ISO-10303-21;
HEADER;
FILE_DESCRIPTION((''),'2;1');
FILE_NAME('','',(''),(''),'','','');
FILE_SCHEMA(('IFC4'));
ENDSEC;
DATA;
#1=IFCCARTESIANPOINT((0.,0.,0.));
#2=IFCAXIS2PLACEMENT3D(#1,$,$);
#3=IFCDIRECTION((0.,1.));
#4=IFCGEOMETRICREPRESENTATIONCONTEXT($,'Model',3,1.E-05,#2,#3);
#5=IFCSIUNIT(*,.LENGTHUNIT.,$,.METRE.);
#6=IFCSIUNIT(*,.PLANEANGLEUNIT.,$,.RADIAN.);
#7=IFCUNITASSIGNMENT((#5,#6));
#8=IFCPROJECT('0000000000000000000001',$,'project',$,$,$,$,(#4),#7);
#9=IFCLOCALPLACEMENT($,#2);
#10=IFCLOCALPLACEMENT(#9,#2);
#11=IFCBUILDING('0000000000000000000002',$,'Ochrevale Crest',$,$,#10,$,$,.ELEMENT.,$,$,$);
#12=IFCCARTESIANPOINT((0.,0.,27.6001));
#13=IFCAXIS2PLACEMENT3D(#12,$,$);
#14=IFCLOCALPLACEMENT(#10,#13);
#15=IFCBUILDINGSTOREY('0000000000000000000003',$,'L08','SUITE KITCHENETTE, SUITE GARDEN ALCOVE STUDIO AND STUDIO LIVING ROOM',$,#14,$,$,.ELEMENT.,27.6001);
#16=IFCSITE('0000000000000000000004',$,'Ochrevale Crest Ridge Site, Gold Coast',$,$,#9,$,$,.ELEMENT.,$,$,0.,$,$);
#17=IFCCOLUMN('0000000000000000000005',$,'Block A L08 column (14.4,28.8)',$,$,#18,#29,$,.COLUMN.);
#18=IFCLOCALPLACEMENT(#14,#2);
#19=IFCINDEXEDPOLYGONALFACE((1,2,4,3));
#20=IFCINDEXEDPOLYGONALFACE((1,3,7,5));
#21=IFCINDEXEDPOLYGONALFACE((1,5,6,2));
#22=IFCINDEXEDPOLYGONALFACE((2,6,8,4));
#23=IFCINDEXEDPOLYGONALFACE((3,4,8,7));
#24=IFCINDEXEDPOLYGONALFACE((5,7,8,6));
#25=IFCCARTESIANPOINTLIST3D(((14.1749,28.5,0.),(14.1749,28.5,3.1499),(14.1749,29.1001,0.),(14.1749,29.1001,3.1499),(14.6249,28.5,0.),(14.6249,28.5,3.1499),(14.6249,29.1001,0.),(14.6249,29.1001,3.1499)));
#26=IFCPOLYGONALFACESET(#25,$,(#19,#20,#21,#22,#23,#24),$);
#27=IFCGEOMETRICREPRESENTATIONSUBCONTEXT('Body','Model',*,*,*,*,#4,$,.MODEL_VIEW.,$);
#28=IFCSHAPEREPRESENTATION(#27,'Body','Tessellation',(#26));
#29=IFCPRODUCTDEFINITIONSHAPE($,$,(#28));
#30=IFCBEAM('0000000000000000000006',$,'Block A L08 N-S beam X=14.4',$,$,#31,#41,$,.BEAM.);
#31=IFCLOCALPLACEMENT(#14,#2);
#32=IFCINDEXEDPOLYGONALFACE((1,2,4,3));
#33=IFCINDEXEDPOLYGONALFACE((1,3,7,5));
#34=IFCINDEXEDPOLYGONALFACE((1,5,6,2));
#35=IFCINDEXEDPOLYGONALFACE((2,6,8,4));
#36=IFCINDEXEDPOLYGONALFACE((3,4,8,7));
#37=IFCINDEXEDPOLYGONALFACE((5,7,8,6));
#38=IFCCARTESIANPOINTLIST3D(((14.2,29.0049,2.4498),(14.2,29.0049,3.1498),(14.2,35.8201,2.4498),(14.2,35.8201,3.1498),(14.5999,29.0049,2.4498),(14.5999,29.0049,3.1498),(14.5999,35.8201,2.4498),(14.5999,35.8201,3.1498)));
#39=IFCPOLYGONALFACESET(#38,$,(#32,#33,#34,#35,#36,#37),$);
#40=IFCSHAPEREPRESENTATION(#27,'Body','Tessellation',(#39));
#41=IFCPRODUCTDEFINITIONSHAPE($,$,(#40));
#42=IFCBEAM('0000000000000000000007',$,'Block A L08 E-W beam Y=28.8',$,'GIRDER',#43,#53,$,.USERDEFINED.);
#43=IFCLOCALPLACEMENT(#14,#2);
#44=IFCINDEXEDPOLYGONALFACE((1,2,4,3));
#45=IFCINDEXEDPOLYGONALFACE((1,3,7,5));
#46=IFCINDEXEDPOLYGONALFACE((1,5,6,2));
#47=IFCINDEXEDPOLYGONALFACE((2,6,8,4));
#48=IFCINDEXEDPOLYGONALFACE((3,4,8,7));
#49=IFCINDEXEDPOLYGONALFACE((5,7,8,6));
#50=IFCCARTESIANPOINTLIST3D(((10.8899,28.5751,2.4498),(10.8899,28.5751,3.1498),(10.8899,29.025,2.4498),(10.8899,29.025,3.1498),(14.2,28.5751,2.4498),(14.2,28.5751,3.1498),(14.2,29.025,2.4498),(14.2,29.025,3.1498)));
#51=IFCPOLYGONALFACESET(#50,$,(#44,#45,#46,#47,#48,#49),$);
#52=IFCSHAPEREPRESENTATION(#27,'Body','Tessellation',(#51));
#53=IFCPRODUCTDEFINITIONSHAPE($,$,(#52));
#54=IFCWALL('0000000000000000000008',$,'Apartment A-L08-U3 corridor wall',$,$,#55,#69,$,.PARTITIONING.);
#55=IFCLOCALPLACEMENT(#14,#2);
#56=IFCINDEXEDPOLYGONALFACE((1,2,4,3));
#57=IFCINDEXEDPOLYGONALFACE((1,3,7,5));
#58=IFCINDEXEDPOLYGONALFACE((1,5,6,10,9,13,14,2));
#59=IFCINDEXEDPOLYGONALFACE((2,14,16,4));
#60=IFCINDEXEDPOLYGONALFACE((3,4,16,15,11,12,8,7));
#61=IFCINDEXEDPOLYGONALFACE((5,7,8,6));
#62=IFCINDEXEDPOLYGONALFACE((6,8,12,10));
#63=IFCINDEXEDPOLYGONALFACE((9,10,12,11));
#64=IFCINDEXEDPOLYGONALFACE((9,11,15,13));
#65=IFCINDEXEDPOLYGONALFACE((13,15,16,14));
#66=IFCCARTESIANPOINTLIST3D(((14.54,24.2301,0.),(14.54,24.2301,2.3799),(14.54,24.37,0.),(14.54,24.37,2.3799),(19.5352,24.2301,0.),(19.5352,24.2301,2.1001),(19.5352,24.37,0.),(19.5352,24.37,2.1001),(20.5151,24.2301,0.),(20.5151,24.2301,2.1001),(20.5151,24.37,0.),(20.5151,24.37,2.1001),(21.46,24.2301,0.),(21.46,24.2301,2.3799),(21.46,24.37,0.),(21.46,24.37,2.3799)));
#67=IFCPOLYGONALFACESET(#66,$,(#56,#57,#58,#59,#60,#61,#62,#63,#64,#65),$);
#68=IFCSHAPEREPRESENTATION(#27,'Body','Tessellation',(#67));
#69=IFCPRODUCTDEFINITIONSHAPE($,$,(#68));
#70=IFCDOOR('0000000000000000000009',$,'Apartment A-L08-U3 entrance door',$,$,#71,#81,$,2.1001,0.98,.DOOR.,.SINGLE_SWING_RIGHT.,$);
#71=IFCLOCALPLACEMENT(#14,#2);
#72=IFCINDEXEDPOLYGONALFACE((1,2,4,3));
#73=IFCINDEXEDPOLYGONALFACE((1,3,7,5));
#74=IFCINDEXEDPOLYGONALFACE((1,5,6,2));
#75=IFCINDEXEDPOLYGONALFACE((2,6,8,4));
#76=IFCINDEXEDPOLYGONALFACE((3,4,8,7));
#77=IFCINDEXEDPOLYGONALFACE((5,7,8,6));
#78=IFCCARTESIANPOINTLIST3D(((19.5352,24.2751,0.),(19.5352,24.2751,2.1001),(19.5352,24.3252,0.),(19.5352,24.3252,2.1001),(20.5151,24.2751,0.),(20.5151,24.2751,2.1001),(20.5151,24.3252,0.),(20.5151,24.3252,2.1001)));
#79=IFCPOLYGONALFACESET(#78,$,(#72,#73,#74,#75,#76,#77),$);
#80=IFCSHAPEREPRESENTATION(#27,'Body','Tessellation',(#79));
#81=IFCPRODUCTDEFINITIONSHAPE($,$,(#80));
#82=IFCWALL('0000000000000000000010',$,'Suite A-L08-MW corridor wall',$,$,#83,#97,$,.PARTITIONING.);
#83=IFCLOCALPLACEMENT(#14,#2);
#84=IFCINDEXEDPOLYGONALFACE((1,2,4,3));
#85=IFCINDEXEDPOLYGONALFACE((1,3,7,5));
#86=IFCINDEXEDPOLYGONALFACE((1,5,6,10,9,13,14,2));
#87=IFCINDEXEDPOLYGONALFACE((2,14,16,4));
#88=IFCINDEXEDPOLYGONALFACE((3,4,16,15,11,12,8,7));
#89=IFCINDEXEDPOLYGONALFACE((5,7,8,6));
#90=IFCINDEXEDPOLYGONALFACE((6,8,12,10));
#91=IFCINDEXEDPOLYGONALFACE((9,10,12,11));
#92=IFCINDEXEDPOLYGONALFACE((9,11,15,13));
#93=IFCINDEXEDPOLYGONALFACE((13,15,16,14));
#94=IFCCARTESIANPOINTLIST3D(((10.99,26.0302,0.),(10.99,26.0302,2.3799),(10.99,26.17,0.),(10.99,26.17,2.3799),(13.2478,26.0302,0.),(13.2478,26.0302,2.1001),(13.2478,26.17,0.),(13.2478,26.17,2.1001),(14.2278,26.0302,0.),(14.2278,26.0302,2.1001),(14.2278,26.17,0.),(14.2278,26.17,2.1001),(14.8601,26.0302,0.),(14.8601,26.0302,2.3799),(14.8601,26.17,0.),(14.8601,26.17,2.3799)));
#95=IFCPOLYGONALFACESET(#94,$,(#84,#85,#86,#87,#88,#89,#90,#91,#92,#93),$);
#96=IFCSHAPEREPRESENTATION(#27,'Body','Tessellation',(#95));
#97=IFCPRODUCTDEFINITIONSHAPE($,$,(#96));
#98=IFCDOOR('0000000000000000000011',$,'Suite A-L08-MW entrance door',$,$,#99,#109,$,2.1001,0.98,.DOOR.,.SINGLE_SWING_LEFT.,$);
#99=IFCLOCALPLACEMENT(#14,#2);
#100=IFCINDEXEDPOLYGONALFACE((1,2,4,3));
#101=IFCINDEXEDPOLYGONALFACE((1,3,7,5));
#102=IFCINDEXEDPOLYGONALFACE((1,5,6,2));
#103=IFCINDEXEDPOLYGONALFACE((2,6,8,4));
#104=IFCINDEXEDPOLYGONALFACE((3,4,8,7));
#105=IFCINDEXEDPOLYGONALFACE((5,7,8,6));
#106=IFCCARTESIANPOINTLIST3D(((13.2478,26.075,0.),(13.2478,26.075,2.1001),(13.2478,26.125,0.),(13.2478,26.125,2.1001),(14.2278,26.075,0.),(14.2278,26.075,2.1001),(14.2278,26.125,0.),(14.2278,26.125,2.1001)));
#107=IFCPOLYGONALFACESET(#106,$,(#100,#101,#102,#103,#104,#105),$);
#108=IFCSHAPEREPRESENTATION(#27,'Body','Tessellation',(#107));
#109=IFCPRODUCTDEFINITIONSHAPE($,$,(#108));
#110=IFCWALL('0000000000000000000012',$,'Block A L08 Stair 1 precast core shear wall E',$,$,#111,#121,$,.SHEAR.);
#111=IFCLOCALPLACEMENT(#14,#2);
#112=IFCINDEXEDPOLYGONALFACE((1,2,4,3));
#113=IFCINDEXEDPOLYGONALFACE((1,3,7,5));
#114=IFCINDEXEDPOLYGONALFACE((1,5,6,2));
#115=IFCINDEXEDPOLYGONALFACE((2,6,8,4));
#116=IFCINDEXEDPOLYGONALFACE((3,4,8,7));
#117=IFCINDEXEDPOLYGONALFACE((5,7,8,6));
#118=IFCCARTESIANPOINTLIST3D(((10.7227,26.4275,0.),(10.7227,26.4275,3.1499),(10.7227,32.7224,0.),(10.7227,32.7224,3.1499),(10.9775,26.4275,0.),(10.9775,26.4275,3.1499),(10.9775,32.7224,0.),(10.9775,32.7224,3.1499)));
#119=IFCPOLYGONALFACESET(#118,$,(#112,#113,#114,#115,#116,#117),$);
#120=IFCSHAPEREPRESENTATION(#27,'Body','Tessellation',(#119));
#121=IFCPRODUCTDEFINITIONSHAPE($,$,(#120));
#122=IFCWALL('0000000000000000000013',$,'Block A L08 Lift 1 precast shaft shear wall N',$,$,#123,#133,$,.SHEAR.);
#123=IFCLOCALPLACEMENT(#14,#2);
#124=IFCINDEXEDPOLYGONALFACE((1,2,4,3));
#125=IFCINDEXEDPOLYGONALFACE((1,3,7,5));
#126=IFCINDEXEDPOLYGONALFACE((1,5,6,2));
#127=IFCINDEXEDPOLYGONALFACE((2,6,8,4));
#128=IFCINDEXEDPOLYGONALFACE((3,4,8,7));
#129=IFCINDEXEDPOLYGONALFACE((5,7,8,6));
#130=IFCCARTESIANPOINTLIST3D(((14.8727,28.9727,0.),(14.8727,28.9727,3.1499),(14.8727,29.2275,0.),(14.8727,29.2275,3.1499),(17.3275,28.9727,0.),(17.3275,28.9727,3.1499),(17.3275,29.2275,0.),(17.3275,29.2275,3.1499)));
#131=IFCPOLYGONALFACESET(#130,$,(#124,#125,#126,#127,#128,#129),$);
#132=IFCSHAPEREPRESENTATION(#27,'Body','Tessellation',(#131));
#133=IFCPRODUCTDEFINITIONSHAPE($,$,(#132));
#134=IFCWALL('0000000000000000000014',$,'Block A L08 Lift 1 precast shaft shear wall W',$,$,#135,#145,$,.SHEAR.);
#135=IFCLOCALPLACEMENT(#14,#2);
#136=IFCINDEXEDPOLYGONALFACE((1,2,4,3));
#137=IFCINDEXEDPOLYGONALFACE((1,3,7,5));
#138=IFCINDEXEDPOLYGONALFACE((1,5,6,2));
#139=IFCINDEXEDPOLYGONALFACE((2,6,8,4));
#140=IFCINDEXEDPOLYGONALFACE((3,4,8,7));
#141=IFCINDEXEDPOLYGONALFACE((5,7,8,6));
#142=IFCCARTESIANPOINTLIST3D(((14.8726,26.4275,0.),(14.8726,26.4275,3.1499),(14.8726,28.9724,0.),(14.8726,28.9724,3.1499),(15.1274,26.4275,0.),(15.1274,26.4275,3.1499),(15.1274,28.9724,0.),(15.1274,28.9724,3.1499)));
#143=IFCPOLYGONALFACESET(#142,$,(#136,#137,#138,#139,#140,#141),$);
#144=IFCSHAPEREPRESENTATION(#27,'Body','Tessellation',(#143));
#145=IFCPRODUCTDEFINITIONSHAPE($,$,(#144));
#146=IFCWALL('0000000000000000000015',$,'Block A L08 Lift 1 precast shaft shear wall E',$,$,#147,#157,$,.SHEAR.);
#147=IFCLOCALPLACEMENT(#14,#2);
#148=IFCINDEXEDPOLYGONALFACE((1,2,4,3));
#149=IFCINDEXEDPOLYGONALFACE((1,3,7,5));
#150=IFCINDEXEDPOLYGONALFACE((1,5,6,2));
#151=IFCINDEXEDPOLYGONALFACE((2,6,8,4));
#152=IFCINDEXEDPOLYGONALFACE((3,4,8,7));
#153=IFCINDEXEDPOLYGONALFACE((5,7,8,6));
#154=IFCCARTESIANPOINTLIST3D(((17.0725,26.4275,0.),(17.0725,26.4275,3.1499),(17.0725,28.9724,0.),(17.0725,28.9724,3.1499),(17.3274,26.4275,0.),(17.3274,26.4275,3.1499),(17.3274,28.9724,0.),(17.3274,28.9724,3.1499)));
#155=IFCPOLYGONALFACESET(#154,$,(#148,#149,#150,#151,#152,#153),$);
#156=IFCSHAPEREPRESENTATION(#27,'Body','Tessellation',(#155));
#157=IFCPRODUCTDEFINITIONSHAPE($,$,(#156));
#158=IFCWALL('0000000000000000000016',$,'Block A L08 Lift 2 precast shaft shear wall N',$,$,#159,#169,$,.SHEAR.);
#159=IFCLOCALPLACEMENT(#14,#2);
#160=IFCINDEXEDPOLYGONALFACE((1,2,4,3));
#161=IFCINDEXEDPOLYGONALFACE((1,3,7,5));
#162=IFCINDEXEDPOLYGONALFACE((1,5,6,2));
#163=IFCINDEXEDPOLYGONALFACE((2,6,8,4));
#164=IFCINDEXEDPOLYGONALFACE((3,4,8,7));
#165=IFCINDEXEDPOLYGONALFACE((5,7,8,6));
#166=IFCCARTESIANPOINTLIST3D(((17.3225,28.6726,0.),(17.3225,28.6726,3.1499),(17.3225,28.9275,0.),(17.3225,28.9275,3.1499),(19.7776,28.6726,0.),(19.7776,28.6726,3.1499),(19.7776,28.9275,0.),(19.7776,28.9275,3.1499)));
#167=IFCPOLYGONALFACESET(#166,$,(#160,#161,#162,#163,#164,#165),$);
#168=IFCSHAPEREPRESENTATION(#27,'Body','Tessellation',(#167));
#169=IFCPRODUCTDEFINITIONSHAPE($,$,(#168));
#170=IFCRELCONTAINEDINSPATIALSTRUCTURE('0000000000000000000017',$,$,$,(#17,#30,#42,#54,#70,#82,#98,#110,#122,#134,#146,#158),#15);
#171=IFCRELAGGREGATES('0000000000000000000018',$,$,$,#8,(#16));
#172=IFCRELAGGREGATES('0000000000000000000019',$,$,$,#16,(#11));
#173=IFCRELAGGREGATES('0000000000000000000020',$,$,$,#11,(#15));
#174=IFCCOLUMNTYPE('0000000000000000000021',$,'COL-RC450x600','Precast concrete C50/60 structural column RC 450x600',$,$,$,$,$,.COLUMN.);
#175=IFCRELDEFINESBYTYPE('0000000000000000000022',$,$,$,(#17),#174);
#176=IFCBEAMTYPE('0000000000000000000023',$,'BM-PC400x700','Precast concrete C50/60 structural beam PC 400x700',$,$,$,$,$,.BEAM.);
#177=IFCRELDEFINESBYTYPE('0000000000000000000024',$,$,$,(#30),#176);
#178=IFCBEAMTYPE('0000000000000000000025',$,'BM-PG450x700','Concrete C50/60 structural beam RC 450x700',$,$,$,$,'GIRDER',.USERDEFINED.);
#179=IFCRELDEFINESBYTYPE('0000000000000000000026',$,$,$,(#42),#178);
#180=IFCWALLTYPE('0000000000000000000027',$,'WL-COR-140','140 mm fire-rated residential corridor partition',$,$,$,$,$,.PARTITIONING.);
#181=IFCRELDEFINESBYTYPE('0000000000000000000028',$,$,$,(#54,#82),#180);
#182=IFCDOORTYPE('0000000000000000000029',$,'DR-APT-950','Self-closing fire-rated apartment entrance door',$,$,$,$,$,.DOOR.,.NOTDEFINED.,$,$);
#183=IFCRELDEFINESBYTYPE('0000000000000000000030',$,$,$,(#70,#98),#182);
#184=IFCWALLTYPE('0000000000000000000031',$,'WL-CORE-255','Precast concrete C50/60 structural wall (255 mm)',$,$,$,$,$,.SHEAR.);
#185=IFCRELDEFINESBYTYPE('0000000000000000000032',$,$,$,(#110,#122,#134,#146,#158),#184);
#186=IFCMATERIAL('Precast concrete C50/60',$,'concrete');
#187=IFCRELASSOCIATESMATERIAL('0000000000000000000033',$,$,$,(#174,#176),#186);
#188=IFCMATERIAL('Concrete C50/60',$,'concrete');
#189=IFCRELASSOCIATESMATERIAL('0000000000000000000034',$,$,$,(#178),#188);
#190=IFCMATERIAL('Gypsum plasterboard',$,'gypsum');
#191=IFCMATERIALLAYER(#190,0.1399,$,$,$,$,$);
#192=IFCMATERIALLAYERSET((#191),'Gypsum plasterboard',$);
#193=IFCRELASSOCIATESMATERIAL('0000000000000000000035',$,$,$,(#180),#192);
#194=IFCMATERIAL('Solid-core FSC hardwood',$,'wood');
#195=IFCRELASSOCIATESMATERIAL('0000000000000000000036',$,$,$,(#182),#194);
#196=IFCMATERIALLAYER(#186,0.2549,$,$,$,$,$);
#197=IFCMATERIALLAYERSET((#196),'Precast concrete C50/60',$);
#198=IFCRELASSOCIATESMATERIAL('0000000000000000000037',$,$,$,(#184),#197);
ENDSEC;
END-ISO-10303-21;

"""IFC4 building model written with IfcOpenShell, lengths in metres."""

from ifc_helpers import new_model, si_unit, direction, frame, frame_2d, origin, origin_2d, place, context, subcontext, project, spatial, rectangle, extrude, material, layer, layer_set, material_profile, profile_set, type_object, element, fill, save


model = new_model("IFC4")

# Units and contexts
model_context = context("Model", 3, precision=1e-05, world=origin(), true_north=direction((0.0, 1.0)))
body_context = subcontext(model_context, "Body", "Model", "MODEL_VIEW")
ifc_project = project(units=[si_unit("LENGTHUNIT", "METRE"), si_unit("PLANEANGLEUNIT", "RADIAN")], contexts=[model_context])

# Site, building, storey
site_placement = place(None, origin())
site = spatial("IfcSite", under=ifc_project, at=site_placement, Name="Ochrevale Crest Ridge Site, Gold Coast", CompositionType="ELEMENT", RefElevation=0.0)
building_placement = place(site_placement, origin())
building = spatial("IfcBuilding", under=site, at=building_placement, Name="Ochrevale Crest", CompositionType="ELEMENT")
storey_placement = place(building_placement, frame((0.0, 0.0, 27.6001)))
storey = spatial("IfcBuildingStorey", under=building, at=storey_placement, Name="L08", Description="SUITE KITCHENETTE, SUITE GARDEN ALCOVE STUDIO AND STUDIO LIVING ROOM", CompositionType="ELEMENT", Elevation=27.6001)

# Column
ifc_material_1 = material(Name="Precast concrete C50/60", Category="concrete")
ifc_material_profile_1 = material_profile(ifc_material_1, rectangle(XDim=0.45, YDim=0.6001, at=origin_2d()), Name="RC 450x600")
ifc_profile_set_1 = profile_set([ifc_material_profile_1], Name="Precast concrete C50/60")
column_type = type_object("IfcColumnType", Name="COL-RC450x600", Description="Precast concrete C50/60 structural column RC 450x600", PredefinedType="COLUMN", material=ifc_profile_set_1)
column_placement = place(storey_placement, frame((14.3999, 28.8, 0.0), z_axis=(0.0, 0.0, 1.0), x_axis=(1.0, 0.0, 0.0)))
element("IfcColumn", 1, at=column_placement, inside=storey, type_object=column_type, Name="Block A L08 column (14.4,28.8)", PredefinedType="COLUMN", context=body_context, shape_type="SweptSolid", body=[
    extrude(rectangle(XDim=0.45, YDim=0.6001, at=origin_2d()), origin(), (0.0, 0.0, 1.0), 3.1499),
])

# Beams
ifc_material_profile_2 = material_profile(ifc_material_1, rectangle(XDim=0.3999, YDim=0.7, at=origin_2d()), Name="PC 400x700")
ifc_profile_set_2 = profile_set([ifc_material_profile_2], Name="Precast concrete C50/60")
beam_type_1 = type_object("IfcBeamType", Name="BM-PC400x700", Description="Precast concrete C50/60 structural beam PC 400x700", PredefinedType="BEAM", material=ifc_profile_set_2)
beam_1_placement = place(storey_placement, frame((14.3999, 29.0049, 2.7998), z_axis=(0.0, 1.0, 0.0), x_axis=(-1.0, 0.0, 0.0)))
element("IfcBeam", 2, at=beam_1_placement, inside=storey, type_object=beam_type_1, Name="Block A L08 N-S beam X=14.4", PredefinedType="BEAM", context=body_context, shape_type="SweptSolid", body=[
    extrude(rectangle(XDim=0.3999, YDim=0.7, at=origin_2d()), origin(), (0.0, 0.0, 1.0), 6.8152),
])
ifc_material_2 = material(Name="Concrete C50/60", Category="concrete")
ifc_material_profile_3 = material_profile(ifc_material_2, rectangle(XDim=0.45, YDim=0.7, at=origin_2d()), Name="RC 450x700")
ifc_profile_set_3 = profile_set([ifc_material_profile_3], Name="Concrete C50/60")
beam_type_2 = type_object("IfcBeamType", Name="BM-PG450x700", Description="Concrete C50/60 structural beam RC 450x700", ElementType="GIRDER", PredefinedType="USERDEFINED", material=ifc_profile_set_3)
beam_2_placement = place(storey_placement, frame((10.8899, 28.8, 2.7998), z_axis=(1.0, 0.0, 0.0), x_axis=(0.0, 1.0, 0.0)))
element("IfcBeam", 3, at=beam_2_placement, inside=storey, type_object=beam_type_2, Name="Block A L08 E-W beam Y=28.8", ObjectType="GIRDER", PredefinedType="USERDEFINED", context=body_context, shape_type="SweptSolid", body=[
    extrude(rectangle(XDim=0.45, YDim=0.7, at=origin_2d()), origin(), (0.0, 0.0, 1.0), 3.3101),
])

# Walls, openings, doors
ifc_material_3 = material(Name="Gypsum plasterboard", Category="gypsum")
ifc_layer_1 = layer(ifc_material_3, 0.1399)
ifc_layer_set_1 = layer_set([ifc_layer_1], Name="Gypsum plasterboard")
wall_type_1 = type_object("IfcWallType", Name="WL-COR-140", Description="140 mm fire-rated residential corridor partition", PredefinedType="PARTITIONING", material=ifc_layer_set_1)
wall_1_placement = place(storey_placement, frame((14.54, 24.3, 0.0), z_axis=(0.0, 0.0, 1.0), x_axis=(1.0, 0.0, 0.0)))
wall_1 = element("IfcWall", 4, at=wall_1_placement, inside=storey, type_object=wall_type_1, Name="Apartment A-L08-U3 corridor wall", PredefinedType="PARTITIONING", context=body_context, shape_type="SweptSolid", body=[
    extrude(rectangle(XDim=6.9199, YDim=0.1399, at=frame_2d((3.46, 0.0))), origin(), (0.0, 0.0, 1.0), 2.3799),
])
opening_1_placement = place(wall_1_placement, frame((5.9751, 0.0, 0.0), z_axis=(0.0, 0.0, 1.0), x_axis=(-1.0, 0.0, 0.0)))
opening_1 = element("IfcOpeningElement", 5, at=opening_1_placement, cuts=wall_1, PredefinedType="OPENING", context=body_context, shape_type="SweptSolid", body=[
    extrude(rectangle(XDim=0.98, YDim=2.1001, at=frame_2d((0.49, 1.05))), frame((0.0, 0.0801, 0.0), z_axis=(0.0, -1.0, 0.0), x_axis=(1.0, 0.0, 0.0)), (0.0, 0.0, 1.0), 0.1599),
])
ifc_material_4 = material(Name="Solid-core FSC hardwood", Category="wood")
door_type_1 = type_object("IfcDoorType", Name="DR-APT-950", Description="Self-closing fire-rated apartment entrance door", OperationType="NOTDEFINED", PredefinedType="DOOR", material=ifc_material_4)
door_1_placement = place(opening_1_placement, origin())
door_1 = element("IfcDoor", 6, at=door_1_placement, inside=storey, type_object=door_type_1, Name="Apartment A-L08-U3 entrance door", OperationType="SINGLE_SWING_RIGHT", OverallHeight=2.1001, OverallWidth=0.98, PredefinedType="DOOR", context=body_context, shape_type="SweptSolid", body=[
    extrude(rectangle(XDim=0.98, YDim=2.1001, at=frame_2d((0.49, 1.05))), frame((0.0, 0.0249, 0.0), z_axis=(0.0, -1.0, 0.0), x_axis=(1.0, 0.0, 0.0)), (0.0, 0.0, 1.0), 0.05),
])
fill(opening_1, door_1)
wall_2_placement = place(storey_placement, frame((10.99, 26.1001, 0.0), z_axis=(0.0, 0.0, 1.0), x_axis=(1.0, 0.0, 0.0)))
wall_2 = element("IfcWall", 7, at=wall_2_placement, inside=storey, type_object=wall_type_1, Name="Suite A-L08-MW corridor wall", PredefinedType="PARTITIONING", context=body_context, shape_type="SweptSolid", body=[
    extrude(rectangle(XDim=3.8701, YDim=0.1399, at=frame_2d((1.9351, 0.0))), origin(), (0.0, 0.0, 1.0), 2.3799),
])
opening_2_placement = place(wall_2_placement, frame((2.2578, 0.0, 0.0)))
opening_2 = element("IfcOpeningElement", 8, at=opening_2_placement, cuts=wall_2, PredefinedType="OPENING", context=body_context, shape_type="SweptSolid", body=[
    extrude(rectangle(XDim=0.98, YDim=2.1001, at=frame_2d((0.49, 1.05))), frame((0.0, 0.0801, 0.0), z_axis=(0.0, -1.0, 0.0), x_axis=(1.0, 0.0, 0.0)), (0.0, 0.0, 1.0), 0.1599),
])
door_2_placement = place(opening_2_placement, origin())
door_2 = element("IfcDoor", 9, at=door_2_placement, inside=storey, type_object=door_type_1, Name="Suite A-L08-MW entrance door", OperationType="SINGLE_SWING_LEFT", OverallHeight=2.1001, OverallWidth=0.98, PredefinedType="DOOR", context=body_context, shape_type="SweptSolid", body=[
    extrude(rectangle(XDim=0.98, YDim=2.1001, at=frame_2d((0.49, 1.05))), frame((0.0, 0.0249, 0.0), z_axis=(0.0, -1.0, 0.0), x_axis=(1.0, 0.0, 0.0)), (0.0, 0.0, 1.0), 0.05),
])
fill(opening_2, door_2)

# Wall
ifc_layer_2 = layer(ifc_material_1, 0.2549)
ifc_layer_set_2 = layer_set([ifc_layer_2], Name="Precast concrete C50/60")
wall_type_2 = type_object("IfcWallType", Name="WL-CORE-255", Description="Precast concrete C50/60 structural wall (255 mm)", PredefinedType="SHEAR", material=ifc_layer_set_2)
wall_3_placement = place(storey_placement, frame((10.8501, 26.4275, 0.0), z_axis=(0.0, 0.0, 1.0), x_axis=(0.0, 1.0, 0.0)))
element("IfcWall", 10, at=wall_3_placement, inside=storey, type_object=wall_type_2, Name="Block A L08 Stair 1 precast core shear wall E", PredefinedType="SHEAR", context=body_context, shape_type="SweptSolid", body=[
    extrude(rectangle(XDim=6.2949, YDim=0.2549, at=frame_2d((3.1475, 0.0))), origin(), (0.0, 0.0, 1.0), 3.1499),
])

# Walls
wall_4_placement = place(storey_placement, frame((14.8726, 29.1001, 0.0), z_axis=(0.0, 0.0, 1.0), x_axis=(1.0, 0.0, 0.0)))
element("IfcWall", 11, at=wall_4_placement, inside=storey, type_object=wall_type_2, Name="Block A L08 Lift 1 precast shaft shear wall N", PredefinedType="SHEAR", context=body_context, shape_type="SweptSolid", body=[
    extrude(rectangle(XDim=2.4548, YDim=0.2549, at=frame_2d((1.2275, 0.0))), origin(), (0.0, 0.0, 1.0), 3.1499),
])
for number, where, z_axis, x_axis, name in (
    (12, (15.0, 26.4275, 0.0), (0.0, 0.0, 1.0), (0.0, 1.0, 0.0), "Block A L08 Lift 1 precast shaft shear wall W"),
    (13, (17.2, 26.4275, 0.0), (0.0, 0.0, 1.0), (0.0, 1.0, 0.0), "Block A L08 Lift 1 precast shaft shear wall E"),
):
    element("IfcWall", number, at=place(storey_placement, frame(where, z_axis=z_axis, x_axis=x_axis)), inside=storey, type_object=wall_type_2, Name=name, PredefinedType="SHEAR", context=body_context, shape_type="SweptSolid", body=[
        extrude(rectangle(XDim=2.5449, YDim=0.2549, at=frame_2d((1.2725, 0.0))), origin(), (0.0, 0.0, 1.0), 3.1499),
    ])

# Wall
wall_5_placement = place(storey_placement, frame((17.3225, 28.8, 0.0), z_axis=(0.0, 0.0, 1.0), x_axis=(1.0, 0.0, 0.0)))
element("IfcWall", 14, at=wall_5_placement, inside=storey, type_object=wall_type_2, Name="Block A L08 Lift 2 precast shaft shear wall N", PredefinedType="SHEAR", context=body_context, shape_type="SweptSolid", body=[
    extrude(rectangle(XDim=2.4551, YDim=0.2549, at=frame_2d((1.2275, 0.0))), origin(), (0.0, 0.0, 1.0), 3.1499),
])

save(model, "model.ifc")
